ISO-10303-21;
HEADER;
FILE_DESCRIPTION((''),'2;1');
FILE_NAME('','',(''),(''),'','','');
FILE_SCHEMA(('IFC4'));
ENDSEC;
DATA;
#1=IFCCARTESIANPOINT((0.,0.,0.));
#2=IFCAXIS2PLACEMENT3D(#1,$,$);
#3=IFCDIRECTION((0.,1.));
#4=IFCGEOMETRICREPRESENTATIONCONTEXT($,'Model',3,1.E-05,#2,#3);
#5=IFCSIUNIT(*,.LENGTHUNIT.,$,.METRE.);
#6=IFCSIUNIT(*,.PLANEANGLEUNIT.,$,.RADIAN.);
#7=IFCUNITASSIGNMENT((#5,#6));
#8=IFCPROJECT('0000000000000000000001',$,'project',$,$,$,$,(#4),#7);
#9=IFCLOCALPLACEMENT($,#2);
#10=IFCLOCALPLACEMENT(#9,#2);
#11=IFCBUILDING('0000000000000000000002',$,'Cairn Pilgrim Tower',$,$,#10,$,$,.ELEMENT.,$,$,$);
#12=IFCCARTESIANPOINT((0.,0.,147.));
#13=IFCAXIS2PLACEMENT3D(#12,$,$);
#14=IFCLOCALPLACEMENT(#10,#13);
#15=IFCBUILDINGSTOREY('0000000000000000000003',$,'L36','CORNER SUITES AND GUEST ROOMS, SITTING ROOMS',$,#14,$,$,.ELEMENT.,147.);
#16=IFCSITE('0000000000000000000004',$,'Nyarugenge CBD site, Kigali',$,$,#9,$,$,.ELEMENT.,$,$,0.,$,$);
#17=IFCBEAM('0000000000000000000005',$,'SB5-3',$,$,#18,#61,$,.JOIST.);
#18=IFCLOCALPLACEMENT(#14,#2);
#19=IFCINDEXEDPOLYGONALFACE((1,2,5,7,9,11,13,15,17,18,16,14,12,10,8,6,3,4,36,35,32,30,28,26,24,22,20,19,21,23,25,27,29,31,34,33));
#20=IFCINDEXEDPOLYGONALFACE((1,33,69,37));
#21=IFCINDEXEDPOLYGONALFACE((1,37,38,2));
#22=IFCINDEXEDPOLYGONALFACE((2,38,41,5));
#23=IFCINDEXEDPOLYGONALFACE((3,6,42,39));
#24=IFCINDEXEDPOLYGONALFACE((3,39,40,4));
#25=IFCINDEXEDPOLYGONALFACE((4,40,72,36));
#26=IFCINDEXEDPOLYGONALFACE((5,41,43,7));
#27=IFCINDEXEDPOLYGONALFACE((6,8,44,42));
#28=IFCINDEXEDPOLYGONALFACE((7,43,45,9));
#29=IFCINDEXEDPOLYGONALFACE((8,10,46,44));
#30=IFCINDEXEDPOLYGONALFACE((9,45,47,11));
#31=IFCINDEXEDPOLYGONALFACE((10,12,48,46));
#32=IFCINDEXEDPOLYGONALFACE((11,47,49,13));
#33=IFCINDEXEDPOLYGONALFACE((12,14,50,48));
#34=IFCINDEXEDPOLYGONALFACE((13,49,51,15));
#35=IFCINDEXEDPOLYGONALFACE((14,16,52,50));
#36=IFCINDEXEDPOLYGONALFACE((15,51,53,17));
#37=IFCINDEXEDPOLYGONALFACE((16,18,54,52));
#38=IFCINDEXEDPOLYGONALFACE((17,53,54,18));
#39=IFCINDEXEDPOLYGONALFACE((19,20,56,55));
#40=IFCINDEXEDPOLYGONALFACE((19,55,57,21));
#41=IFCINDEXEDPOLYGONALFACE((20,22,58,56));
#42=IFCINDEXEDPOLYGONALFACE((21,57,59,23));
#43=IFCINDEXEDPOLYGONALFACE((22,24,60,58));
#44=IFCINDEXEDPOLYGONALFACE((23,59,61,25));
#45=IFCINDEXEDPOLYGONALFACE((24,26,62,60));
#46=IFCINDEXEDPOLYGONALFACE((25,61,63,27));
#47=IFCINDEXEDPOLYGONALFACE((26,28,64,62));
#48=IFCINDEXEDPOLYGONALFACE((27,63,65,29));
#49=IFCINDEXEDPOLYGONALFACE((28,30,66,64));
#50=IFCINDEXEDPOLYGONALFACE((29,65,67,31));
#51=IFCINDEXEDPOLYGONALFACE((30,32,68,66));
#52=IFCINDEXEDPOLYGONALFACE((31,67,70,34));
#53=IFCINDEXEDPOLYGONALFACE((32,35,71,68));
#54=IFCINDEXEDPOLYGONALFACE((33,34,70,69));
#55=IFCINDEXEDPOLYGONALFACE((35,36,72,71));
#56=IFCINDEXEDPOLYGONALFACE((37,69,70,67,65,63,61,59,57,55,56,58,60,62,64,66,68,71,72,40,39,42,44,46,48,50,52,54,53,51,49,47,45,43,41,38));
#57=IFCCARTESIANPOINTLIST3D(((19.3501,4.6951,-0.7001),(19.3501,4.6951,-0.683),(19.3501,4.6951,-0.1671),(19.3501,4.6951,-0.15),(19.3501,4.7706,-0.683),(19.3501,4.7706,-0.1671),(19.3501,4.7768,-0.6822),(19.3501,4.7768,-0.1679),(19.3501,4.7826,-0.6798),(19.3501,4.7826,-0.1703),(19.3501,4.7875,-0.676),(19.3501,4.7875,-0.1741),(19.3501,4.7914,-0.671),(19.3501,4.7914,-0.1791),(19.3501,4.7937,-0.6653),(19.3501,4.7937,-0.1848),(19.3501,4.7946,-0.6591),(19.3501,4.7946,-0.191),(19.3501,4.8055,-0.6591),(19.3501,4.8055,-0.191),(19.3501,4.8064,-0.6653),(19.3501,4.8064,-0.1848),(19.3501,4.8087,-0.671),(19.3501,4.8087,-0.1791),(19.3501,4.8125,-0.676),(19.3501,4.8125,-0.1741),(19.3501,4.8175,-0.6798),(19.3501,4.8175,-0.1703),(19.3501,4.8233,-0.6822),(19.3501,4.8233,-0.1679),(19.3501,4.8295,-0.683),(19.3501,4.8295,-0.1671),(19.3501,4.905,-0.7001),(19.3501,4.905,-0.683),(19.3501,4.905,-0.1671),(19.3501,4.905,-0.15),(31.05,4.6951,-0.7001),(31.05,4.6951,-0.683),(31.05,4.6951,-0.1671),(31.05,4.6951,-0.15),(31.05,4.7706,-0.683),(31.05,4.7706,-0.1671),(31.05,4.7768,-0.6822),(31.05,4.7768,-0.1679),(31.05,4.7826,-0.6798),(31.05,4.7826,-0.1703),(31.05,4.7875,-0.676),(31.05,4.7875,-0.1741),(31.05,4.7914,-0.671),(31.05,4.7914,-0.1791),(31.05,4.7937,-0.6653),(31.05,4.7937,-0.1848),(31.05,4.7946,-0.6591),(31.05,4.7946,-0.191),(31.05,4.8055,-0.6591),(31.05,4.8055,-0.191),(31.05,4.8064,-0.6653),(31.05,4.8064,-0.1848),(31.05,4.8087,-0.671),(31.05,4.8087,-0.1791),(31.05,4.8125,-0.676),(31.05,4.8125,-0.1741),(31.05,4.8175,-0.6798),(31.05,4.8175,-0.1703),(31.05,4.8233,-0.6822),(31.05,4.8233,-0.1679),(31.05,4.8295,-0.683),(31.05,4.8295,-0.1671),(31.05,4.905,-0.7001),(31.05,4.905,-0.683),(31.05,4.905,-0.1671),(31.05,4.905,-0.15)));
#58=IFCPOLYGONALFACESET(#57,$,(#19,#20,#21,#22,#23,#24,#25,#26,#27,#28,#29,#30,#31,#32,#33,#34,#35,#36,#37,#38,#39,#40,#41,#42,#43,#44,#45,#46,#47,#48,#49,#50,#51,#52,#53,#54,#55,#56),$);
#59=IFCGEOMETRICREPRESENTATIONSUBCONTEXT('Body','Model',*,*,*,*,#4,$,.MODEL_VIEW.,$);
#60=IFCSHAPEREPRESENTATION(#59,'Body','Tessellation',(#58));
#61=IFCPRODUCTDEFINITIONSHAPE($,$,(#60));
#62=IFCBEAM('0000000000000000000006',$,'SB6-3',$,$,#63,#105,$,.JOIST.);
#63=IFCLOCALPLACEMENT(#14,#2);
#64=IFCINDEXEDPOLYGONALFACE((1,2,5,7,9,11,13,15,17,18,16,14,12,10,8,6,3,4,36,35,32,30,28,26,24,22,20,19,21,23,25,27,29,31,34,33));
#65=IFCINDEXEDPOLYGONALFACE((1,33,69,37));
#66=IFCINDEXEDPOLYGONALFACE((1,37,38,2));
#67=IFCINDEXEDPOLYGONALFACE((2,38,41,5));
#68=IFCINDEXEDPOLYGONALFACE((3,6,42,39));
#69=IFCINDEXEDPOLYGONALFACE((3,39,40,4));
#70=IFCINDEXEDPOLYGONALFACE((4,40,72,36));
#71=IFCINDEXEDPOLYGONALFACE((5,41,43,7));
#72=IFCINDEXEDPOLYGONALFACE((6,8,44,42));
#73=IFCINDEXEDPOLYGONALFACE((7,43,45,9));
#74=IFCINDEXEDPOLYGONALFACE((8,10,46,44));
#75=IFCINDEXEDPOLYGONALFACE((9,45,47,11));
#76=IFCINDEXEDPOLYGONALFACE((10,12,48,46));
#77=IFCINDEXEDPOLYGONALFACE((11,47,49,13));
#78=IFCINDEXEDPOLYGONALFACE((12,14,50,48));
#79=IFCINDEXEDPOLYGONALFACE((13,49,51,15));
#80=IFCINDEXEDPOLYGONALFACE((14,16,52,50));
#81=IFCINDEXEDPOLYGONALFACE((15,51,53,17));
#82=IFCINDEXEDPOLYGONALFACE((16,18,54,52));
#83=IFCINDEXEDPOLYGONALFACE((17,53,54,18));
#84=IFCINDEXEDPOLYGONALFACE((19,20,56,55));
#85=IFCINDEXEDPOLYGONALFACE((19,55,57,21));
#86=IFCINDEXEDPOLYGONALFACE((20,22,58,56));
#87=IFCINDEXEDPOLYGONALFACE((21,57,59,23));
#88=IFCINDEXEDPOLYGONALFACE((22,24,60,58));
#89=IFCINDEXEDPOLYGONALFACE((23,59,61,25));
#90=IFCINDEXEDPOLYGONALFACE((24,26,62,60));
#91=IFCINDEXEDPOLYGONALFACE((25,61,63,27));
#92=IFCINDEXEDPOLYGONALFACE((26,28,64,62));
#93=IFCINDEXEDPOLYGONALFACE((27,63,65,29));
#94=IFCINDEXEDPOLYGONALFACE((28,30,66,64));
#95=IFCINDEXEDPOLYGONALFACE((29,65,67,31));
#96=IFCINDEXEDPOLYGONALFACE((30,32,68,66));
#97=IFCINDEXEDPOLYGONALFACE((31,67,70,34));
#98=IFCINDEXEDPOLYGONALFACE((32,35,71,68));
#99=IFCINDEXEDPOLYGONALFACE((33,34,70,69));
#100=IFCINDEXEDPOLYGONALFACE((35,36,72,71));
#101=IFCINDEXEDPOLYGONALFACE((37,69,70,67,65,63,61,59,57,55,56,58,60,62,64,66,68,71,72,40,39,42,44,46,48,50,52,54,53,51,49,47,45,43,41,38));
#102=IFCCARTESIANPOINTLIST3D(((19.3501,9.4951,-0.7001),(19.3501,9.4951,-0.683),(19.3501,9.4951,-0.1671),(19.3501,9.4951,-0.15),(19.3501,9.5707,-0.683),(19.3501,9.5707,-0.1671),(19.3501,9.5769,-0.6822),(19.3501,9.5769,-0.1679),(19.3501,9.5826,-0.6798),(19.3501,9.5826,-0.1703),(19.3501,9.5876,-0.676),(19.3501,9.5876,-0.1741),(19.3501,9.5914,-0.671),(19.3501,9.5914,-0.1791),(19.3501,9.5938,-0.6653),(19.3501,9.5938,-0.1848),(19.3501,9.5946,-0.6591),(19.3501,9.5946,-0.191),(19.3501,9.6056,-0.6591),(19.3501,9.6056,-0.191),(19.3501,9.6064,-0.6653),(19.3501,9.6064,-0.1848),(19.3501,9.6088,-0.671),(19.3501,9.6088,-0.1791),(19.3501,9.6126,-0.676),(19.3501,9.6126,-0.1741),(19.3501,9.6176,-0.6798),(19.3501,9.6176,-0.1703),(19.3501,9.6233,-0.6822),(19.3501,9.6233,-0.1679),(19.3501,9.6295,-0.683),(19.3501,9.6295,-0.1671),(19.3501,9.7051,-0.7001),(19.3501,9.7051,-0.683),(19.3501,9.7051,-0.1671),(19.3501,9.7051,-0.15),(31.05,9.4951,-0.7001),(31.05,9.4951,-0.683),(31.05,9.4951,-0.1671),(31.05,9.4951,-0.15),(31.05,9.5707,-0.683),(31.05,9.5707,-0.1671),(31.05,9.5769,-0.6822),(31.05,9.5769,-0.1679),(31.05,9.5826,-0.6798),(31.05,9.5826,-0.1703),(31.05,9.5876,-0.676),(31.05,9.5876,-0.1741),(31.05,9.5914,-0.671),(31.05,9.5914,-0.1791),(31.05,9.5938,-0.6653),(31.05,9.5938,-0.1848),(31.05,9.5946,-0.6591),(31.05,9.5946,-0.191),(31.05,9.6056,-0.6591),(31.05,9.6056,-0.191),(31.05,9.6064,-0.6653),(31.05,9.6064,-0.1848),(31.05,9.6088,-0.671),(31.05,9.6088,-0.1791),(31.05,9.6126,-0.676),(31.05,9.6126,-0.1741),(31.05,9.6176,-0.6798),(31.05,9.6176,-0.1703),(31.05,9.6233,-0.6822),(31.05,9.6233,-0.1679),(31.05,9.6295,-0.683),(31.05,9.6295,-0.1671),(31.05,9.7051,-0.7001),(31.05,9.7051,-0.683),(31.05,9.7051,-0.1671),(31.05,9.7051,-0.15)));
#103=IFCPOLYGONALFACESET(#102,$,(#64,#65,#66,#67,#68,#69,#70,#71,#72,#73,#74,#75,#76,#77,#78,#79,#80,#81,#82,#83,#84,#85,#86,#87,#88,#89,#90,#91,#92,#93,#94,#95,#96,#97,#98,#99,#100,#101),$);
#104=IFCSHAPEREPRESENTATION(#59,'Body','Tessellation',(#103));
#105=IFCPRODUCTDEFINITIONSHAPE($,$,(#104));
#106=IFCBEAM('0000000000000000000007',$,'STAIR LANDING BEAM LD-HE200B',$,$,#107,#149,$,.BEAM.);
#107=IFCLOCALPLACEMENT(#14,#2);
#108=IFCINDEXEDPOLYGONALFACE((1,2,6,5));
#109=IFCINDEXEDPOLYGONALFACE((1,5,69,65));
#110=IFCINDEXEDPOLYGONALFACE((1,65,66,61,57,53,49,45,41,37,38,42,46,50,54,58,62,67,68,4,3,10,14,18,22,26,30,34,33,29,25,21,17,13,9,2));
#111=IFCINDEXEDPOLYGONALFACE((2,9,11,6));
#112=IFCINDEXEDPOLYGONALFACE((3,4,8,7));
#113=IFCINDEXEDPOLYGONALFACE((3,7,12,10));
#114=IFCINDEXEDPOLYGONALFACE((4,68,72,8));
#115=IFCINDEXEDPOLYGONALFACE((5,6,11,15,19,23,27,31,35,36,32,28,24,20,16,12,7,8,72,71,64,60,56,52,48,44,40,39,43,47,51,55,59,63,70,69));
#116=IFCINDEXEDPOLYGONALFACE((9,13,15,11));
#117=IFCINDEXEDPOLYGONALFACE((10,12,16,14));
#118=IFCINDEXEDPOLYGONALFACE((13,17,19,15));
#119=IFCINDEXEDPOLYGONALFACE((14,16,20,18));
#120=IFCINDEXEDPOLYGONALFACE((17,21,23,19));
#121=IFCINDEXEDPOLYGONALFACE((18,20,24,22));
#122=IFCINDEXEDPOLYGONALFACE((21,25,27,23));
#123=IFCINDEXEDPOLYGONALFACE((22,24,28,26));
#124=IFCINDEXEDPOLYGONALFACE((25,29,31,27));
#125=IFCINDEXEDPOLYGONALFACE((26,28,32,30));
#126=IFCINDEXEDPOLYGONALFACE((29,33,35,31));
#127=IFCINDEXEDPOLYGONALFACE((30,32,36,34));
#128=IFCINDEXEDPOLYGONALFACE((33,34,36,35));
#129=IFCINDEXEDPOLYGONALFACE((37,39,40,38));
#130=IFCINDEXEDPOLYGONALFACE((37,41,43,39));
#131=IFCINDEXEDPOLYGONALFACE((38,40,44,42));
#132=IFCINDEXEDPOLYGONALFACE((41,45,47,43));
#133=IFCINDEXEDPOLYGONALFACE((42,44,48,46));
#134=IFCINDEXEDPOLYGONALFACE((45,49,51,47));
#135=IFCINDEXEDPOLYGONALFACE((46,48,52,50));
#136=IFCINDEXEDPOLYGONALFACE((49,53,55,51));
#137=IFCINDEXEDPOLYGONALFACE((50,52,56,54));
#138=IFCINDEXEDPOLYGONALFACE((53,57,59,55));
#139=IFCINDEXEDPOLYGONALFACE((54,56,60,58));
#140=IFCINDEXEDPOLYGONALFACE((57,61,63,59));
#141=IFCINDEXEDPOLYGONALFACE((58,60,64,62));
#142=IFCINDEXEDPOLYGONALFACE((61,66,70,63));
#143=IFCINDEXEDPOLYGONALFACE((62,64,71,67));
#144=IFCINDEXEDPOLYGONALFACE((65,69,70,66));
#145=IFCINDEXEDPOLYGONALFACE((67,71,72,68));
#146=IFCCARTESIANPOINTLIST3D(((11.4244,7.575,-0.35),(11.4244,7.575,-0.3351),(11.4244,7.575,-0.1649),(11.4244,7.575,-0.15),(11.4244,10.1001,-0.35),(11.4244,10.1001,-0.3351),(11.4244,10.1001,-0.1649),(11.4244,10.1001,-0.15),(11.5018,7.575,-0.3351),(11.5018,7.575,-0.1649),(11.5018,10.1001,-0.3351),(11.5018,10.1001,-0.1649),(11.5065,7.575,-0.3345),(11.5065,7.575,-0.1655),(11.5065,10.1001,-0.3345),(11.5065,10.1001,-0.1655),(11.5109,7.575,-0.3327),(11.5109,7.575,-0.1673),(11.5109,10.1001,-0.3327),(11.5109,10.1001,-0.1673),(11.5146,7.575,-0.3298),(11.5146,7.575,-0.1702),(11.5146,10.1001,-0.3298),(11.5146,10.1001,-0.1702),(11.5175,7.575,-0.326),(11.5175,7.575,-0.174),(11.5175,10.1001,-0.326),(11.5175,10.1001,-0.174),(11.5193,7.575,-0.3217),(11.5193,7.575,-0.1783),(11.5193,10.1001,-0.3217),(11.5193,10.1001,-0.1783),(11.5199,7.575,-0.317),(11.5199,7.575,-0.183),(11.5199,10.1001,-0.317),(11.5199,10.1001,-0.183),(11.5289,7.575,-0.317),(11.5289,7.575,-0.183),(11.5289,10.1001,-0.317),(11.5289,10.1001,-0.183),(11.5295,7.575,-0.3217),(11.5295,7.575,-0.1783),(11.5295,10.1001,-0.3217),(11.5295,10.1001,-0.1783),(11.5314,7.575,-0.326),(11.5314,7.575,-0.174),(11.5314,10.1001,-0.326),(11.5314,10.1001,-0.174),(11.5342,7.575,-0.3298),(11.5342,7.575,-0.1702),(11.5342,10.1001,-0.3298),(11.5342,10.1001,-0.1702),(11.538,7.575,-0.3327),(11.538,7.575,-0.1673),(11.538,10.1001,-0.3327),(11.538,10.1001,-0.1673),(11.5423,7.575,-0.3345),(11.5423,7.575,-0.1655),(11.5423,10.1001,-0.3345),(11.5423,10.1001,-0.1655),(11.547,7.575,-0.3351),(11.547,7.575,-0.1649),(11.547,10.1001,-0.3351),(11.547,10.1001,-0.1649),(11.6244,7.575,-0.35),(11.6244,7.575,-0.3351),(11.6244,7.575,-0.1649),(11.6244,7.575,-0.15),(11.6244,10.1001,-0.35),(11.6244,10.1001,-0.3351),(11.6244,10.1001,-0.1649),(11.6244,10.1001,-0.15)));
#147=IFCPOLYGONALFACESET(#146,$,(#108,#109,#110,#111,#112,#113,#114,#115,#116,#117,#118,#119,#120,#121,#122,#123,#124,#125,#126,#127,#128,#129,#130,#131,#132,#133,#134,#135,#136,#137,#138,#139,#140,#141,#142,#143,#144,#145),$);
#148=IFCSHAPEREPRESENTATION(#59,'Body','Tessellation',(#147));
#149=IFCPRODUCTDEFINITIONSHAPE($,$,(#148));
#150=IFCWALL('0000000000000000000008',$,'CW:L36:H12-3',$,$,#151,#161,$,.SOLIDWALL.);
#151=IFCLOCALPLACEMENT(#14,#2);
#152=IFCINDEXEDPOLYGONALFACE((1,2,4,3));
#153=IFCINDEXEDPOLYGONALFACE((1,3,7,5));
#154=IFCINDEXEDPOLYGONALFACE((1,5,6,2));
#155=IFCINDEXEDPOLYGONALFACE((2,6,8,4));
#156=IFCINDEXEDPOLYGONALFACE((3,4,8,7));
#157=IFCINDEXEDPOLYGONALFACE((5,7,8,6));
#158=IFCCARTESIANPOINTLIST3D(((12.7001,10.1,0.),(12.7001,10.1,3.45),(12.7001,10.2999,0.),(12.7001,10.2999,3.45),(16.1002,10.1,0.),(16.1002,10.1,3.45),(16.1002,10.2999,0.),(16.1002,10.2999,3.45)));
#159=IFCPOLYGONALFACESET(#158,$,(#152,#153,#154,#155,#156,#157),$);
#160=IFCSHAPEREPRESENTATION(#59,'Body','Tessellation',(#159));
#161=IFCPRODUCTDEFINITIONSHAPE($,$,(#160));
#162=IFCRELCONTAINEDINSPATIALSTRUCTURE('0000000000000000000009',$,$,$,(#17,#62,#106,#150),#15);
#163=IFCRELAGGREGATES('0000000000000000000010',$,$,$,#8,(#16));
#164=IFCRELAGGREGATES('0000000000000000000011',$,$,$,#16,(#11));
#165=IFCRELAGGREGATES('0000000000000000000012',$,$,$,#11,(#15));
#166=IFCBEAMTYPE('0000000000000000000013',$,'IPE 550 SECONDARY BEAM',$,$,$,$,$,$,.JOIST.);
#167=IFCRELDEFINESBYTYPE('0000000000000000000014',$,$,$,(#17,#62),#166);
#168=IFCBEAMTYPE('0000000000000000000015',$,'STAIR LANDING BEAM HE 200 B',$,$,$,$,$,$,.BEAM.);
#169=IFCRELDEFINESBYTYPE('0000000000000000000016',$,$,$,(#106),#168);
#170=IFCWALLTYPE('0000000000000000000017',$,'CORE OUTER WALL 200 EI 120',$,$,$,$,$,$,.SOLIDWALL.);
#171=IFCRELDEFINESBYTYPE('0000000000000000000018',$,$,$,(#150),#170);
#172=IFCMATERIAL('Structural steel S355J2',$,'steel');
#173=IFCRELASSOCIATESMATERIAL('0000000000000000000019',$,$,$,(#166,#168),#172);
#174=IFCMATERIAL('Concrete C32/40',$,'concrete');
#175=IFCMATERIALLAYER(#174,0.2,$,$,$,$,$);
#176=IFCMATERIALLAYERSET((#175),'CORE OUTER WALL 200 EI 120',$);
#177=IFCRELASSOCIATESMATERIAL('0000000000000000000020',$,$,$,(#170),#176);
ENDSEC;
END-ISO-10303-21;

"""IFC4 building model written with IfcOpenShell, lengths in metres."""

from ifc_helpers import new_model, si_unit, direction, frame, frame_2d, origin, origin_2d, place, context, subcontext, project, spatial, rectangle, i_section, extrude, material, layer, layer_set, material_profile, profile_set, type_object, element, save


model = new_model("IFC4")

# Units and contexts
model_context = context("Model", 3, precision=1e-05, world=origin(), true_north=direction((0.0, 1.0)))
body_context = subcontext(model_context, "Body", "Model", "MODEL_VIEW")
ifc_project = project(units=[si_unit("LENGTHUNIT", "METRE"), si_unit("PLANEANGLEUNIT", "RADIAN")], contexts=[model_context])

# Site, building, storey
site_placement = place(None, origin())
site = spatial("IfcSite", under=ifc_project, at=site_placement, Name="Nyarugenge CBD site, Kigali", CompositionType="ELEMENT", RefElevation=0.0)
building_placement = place(site_placement, origin())
building = spatial("IfcBuilding", under=site, at=building_placement, Name="Cairn Pilgrim Tower", CompositionType="ELEMENT")
storey_placement = place(building_placement, frame((0.0, 0.0, 147.0)))
storey = spatial("IfcBuildingStorey", under=building, at=storey_placement, Name="L36", Description="CORNER SUITES AND GUEST ROOMS, SITTING ROOMS", CompositionType="ELEMENT", Elevation=147.0)

# Beams
ifc_material_1 = material(Name="Structural steel S355J2", Category="steel")
ifc_material_profile_1 = material_profile(ifc_material_1, i_section(OverallWidth=0.21, OverallDepth=0.55, WebThickness=0.011, FlangeThickness=0.0171, FilletRadius=0.0239, at=origin_2d()), Name="IPE 550")
ifc_profile_set_1 = profile_set([ifc_material_profile_1], Name="Structural steel S355J2")
beam_type_1 = type_object("IfcBeamType", Name="IPE 550 SECONDARY BEAM", PredefinedType="JOIST", material=ifc_profile_set_1)
for number, where, z_axis, x_axis, name in (
    (1, (19.3501, 4.8, -0.425), (1.0, 0.0, 0.0), (0.0, 1.0, 0.0), "SB5-3"),
    (2, (19.3501, 9.6001, -0.425), (1.0, 0.0, 0.0), (0.0, 1.0, 0.0), "SB6-3"),
):
    element("IfcBeam", number, at=place(storey_placement, frame(where, z_axis=z_axis, x_axis=x_axis)), inside=storey, type_object=beam_type_1, Name=name, PredefinedType="JOIST", context=body_context, shape_type="SweptSolid", body=[
        extrude(i_section(OverallWidth=0.21, OverallDepth=0.55, WebThickness=0.011, FlangeThickness=0.0171, FilletRadius=0.0239, at=origin_2d()), origin(), (0.0, 0.0, 1.0), 11.7),
    ])
ifc_material_profile_2 = material_profile(ifc_material_1, i_section(OverallWidth=0.2, OverallDepth=0.2, WebThickness=0.009, FlangeThickness=0.0149, FilletRadius=0.0181, at=origin_2d()), Name="HE 200 B")
ifc_profile_set_2 = profile_set([ifc_material_profile_2], Name="Structural steel S355J2")
beam_type_2 = type_object("IfcBeamType", Name="STAIR LANDING BEAM HE 200 B", PredefinedType="BEAM", material=ifc_profile_set_2)
beam_1_placement = place(storey_placement, frame((11.5244, 10.1001, -0.25), z_axis=(0.0, -1.0, 0.0), x_axis=(1.0, 0.0, 0.0)))
element("IfcBeam", 3, at=beam_1_placement, inside=storey, type_object=beam_type_2, Name="STAIR LANDING BEAM LD-HE200B", PredefinedType="BEAM", context=body_context, shape_type="SweptSolid", body=[
    extrude(i_section(OverallWidth=0.2, OverallDepth=0.2, WebThickness=0.009, FlangeThickness=0.0149, FilletRadius=0.0181, at=origin_2d()), origin(), (0.0, 0.0, 1.0), 2.5251),
])

# Wall
ifc_material_2 = material(Name="Concrete C32/40", Category="concrete")
ifc_layer_1 = layer(ifc_material_2, 0.2)
ifc_layer_set_1 = layer_set([ifc_layer_1], Name="CORE OUTER WALL 200 EI 120")
wall_type_1 = type_object("IfcWallType", Name="CORE OUTER WALL 200 EI 120", PredefinedType="SOLIDWALL", material=ifc_layer_set_1)
wall_1_placement = place(storey_placement, frame((12.7, 10.2, 0.0), z_axis=(0.0, 0.0, 1.0), x_axis=(1.0, 0.0, 0.0)))
element("IfcWall", 4, at=wall_1_placement, inside=storey, type_object=wall_type_1, Name="CW:L36:H12-3", PredefinedType="SOLIDWALL", context=body_context, shape_type="SweptSolid", body=[
    extrude(rectangle(XDim=3.4001, YDim=0.2, at=frame_2d((1.7002, 0.0))), origin(), (0.0, 0.0, 1.0), 3.45),
])

save(model, "model.ifc")
